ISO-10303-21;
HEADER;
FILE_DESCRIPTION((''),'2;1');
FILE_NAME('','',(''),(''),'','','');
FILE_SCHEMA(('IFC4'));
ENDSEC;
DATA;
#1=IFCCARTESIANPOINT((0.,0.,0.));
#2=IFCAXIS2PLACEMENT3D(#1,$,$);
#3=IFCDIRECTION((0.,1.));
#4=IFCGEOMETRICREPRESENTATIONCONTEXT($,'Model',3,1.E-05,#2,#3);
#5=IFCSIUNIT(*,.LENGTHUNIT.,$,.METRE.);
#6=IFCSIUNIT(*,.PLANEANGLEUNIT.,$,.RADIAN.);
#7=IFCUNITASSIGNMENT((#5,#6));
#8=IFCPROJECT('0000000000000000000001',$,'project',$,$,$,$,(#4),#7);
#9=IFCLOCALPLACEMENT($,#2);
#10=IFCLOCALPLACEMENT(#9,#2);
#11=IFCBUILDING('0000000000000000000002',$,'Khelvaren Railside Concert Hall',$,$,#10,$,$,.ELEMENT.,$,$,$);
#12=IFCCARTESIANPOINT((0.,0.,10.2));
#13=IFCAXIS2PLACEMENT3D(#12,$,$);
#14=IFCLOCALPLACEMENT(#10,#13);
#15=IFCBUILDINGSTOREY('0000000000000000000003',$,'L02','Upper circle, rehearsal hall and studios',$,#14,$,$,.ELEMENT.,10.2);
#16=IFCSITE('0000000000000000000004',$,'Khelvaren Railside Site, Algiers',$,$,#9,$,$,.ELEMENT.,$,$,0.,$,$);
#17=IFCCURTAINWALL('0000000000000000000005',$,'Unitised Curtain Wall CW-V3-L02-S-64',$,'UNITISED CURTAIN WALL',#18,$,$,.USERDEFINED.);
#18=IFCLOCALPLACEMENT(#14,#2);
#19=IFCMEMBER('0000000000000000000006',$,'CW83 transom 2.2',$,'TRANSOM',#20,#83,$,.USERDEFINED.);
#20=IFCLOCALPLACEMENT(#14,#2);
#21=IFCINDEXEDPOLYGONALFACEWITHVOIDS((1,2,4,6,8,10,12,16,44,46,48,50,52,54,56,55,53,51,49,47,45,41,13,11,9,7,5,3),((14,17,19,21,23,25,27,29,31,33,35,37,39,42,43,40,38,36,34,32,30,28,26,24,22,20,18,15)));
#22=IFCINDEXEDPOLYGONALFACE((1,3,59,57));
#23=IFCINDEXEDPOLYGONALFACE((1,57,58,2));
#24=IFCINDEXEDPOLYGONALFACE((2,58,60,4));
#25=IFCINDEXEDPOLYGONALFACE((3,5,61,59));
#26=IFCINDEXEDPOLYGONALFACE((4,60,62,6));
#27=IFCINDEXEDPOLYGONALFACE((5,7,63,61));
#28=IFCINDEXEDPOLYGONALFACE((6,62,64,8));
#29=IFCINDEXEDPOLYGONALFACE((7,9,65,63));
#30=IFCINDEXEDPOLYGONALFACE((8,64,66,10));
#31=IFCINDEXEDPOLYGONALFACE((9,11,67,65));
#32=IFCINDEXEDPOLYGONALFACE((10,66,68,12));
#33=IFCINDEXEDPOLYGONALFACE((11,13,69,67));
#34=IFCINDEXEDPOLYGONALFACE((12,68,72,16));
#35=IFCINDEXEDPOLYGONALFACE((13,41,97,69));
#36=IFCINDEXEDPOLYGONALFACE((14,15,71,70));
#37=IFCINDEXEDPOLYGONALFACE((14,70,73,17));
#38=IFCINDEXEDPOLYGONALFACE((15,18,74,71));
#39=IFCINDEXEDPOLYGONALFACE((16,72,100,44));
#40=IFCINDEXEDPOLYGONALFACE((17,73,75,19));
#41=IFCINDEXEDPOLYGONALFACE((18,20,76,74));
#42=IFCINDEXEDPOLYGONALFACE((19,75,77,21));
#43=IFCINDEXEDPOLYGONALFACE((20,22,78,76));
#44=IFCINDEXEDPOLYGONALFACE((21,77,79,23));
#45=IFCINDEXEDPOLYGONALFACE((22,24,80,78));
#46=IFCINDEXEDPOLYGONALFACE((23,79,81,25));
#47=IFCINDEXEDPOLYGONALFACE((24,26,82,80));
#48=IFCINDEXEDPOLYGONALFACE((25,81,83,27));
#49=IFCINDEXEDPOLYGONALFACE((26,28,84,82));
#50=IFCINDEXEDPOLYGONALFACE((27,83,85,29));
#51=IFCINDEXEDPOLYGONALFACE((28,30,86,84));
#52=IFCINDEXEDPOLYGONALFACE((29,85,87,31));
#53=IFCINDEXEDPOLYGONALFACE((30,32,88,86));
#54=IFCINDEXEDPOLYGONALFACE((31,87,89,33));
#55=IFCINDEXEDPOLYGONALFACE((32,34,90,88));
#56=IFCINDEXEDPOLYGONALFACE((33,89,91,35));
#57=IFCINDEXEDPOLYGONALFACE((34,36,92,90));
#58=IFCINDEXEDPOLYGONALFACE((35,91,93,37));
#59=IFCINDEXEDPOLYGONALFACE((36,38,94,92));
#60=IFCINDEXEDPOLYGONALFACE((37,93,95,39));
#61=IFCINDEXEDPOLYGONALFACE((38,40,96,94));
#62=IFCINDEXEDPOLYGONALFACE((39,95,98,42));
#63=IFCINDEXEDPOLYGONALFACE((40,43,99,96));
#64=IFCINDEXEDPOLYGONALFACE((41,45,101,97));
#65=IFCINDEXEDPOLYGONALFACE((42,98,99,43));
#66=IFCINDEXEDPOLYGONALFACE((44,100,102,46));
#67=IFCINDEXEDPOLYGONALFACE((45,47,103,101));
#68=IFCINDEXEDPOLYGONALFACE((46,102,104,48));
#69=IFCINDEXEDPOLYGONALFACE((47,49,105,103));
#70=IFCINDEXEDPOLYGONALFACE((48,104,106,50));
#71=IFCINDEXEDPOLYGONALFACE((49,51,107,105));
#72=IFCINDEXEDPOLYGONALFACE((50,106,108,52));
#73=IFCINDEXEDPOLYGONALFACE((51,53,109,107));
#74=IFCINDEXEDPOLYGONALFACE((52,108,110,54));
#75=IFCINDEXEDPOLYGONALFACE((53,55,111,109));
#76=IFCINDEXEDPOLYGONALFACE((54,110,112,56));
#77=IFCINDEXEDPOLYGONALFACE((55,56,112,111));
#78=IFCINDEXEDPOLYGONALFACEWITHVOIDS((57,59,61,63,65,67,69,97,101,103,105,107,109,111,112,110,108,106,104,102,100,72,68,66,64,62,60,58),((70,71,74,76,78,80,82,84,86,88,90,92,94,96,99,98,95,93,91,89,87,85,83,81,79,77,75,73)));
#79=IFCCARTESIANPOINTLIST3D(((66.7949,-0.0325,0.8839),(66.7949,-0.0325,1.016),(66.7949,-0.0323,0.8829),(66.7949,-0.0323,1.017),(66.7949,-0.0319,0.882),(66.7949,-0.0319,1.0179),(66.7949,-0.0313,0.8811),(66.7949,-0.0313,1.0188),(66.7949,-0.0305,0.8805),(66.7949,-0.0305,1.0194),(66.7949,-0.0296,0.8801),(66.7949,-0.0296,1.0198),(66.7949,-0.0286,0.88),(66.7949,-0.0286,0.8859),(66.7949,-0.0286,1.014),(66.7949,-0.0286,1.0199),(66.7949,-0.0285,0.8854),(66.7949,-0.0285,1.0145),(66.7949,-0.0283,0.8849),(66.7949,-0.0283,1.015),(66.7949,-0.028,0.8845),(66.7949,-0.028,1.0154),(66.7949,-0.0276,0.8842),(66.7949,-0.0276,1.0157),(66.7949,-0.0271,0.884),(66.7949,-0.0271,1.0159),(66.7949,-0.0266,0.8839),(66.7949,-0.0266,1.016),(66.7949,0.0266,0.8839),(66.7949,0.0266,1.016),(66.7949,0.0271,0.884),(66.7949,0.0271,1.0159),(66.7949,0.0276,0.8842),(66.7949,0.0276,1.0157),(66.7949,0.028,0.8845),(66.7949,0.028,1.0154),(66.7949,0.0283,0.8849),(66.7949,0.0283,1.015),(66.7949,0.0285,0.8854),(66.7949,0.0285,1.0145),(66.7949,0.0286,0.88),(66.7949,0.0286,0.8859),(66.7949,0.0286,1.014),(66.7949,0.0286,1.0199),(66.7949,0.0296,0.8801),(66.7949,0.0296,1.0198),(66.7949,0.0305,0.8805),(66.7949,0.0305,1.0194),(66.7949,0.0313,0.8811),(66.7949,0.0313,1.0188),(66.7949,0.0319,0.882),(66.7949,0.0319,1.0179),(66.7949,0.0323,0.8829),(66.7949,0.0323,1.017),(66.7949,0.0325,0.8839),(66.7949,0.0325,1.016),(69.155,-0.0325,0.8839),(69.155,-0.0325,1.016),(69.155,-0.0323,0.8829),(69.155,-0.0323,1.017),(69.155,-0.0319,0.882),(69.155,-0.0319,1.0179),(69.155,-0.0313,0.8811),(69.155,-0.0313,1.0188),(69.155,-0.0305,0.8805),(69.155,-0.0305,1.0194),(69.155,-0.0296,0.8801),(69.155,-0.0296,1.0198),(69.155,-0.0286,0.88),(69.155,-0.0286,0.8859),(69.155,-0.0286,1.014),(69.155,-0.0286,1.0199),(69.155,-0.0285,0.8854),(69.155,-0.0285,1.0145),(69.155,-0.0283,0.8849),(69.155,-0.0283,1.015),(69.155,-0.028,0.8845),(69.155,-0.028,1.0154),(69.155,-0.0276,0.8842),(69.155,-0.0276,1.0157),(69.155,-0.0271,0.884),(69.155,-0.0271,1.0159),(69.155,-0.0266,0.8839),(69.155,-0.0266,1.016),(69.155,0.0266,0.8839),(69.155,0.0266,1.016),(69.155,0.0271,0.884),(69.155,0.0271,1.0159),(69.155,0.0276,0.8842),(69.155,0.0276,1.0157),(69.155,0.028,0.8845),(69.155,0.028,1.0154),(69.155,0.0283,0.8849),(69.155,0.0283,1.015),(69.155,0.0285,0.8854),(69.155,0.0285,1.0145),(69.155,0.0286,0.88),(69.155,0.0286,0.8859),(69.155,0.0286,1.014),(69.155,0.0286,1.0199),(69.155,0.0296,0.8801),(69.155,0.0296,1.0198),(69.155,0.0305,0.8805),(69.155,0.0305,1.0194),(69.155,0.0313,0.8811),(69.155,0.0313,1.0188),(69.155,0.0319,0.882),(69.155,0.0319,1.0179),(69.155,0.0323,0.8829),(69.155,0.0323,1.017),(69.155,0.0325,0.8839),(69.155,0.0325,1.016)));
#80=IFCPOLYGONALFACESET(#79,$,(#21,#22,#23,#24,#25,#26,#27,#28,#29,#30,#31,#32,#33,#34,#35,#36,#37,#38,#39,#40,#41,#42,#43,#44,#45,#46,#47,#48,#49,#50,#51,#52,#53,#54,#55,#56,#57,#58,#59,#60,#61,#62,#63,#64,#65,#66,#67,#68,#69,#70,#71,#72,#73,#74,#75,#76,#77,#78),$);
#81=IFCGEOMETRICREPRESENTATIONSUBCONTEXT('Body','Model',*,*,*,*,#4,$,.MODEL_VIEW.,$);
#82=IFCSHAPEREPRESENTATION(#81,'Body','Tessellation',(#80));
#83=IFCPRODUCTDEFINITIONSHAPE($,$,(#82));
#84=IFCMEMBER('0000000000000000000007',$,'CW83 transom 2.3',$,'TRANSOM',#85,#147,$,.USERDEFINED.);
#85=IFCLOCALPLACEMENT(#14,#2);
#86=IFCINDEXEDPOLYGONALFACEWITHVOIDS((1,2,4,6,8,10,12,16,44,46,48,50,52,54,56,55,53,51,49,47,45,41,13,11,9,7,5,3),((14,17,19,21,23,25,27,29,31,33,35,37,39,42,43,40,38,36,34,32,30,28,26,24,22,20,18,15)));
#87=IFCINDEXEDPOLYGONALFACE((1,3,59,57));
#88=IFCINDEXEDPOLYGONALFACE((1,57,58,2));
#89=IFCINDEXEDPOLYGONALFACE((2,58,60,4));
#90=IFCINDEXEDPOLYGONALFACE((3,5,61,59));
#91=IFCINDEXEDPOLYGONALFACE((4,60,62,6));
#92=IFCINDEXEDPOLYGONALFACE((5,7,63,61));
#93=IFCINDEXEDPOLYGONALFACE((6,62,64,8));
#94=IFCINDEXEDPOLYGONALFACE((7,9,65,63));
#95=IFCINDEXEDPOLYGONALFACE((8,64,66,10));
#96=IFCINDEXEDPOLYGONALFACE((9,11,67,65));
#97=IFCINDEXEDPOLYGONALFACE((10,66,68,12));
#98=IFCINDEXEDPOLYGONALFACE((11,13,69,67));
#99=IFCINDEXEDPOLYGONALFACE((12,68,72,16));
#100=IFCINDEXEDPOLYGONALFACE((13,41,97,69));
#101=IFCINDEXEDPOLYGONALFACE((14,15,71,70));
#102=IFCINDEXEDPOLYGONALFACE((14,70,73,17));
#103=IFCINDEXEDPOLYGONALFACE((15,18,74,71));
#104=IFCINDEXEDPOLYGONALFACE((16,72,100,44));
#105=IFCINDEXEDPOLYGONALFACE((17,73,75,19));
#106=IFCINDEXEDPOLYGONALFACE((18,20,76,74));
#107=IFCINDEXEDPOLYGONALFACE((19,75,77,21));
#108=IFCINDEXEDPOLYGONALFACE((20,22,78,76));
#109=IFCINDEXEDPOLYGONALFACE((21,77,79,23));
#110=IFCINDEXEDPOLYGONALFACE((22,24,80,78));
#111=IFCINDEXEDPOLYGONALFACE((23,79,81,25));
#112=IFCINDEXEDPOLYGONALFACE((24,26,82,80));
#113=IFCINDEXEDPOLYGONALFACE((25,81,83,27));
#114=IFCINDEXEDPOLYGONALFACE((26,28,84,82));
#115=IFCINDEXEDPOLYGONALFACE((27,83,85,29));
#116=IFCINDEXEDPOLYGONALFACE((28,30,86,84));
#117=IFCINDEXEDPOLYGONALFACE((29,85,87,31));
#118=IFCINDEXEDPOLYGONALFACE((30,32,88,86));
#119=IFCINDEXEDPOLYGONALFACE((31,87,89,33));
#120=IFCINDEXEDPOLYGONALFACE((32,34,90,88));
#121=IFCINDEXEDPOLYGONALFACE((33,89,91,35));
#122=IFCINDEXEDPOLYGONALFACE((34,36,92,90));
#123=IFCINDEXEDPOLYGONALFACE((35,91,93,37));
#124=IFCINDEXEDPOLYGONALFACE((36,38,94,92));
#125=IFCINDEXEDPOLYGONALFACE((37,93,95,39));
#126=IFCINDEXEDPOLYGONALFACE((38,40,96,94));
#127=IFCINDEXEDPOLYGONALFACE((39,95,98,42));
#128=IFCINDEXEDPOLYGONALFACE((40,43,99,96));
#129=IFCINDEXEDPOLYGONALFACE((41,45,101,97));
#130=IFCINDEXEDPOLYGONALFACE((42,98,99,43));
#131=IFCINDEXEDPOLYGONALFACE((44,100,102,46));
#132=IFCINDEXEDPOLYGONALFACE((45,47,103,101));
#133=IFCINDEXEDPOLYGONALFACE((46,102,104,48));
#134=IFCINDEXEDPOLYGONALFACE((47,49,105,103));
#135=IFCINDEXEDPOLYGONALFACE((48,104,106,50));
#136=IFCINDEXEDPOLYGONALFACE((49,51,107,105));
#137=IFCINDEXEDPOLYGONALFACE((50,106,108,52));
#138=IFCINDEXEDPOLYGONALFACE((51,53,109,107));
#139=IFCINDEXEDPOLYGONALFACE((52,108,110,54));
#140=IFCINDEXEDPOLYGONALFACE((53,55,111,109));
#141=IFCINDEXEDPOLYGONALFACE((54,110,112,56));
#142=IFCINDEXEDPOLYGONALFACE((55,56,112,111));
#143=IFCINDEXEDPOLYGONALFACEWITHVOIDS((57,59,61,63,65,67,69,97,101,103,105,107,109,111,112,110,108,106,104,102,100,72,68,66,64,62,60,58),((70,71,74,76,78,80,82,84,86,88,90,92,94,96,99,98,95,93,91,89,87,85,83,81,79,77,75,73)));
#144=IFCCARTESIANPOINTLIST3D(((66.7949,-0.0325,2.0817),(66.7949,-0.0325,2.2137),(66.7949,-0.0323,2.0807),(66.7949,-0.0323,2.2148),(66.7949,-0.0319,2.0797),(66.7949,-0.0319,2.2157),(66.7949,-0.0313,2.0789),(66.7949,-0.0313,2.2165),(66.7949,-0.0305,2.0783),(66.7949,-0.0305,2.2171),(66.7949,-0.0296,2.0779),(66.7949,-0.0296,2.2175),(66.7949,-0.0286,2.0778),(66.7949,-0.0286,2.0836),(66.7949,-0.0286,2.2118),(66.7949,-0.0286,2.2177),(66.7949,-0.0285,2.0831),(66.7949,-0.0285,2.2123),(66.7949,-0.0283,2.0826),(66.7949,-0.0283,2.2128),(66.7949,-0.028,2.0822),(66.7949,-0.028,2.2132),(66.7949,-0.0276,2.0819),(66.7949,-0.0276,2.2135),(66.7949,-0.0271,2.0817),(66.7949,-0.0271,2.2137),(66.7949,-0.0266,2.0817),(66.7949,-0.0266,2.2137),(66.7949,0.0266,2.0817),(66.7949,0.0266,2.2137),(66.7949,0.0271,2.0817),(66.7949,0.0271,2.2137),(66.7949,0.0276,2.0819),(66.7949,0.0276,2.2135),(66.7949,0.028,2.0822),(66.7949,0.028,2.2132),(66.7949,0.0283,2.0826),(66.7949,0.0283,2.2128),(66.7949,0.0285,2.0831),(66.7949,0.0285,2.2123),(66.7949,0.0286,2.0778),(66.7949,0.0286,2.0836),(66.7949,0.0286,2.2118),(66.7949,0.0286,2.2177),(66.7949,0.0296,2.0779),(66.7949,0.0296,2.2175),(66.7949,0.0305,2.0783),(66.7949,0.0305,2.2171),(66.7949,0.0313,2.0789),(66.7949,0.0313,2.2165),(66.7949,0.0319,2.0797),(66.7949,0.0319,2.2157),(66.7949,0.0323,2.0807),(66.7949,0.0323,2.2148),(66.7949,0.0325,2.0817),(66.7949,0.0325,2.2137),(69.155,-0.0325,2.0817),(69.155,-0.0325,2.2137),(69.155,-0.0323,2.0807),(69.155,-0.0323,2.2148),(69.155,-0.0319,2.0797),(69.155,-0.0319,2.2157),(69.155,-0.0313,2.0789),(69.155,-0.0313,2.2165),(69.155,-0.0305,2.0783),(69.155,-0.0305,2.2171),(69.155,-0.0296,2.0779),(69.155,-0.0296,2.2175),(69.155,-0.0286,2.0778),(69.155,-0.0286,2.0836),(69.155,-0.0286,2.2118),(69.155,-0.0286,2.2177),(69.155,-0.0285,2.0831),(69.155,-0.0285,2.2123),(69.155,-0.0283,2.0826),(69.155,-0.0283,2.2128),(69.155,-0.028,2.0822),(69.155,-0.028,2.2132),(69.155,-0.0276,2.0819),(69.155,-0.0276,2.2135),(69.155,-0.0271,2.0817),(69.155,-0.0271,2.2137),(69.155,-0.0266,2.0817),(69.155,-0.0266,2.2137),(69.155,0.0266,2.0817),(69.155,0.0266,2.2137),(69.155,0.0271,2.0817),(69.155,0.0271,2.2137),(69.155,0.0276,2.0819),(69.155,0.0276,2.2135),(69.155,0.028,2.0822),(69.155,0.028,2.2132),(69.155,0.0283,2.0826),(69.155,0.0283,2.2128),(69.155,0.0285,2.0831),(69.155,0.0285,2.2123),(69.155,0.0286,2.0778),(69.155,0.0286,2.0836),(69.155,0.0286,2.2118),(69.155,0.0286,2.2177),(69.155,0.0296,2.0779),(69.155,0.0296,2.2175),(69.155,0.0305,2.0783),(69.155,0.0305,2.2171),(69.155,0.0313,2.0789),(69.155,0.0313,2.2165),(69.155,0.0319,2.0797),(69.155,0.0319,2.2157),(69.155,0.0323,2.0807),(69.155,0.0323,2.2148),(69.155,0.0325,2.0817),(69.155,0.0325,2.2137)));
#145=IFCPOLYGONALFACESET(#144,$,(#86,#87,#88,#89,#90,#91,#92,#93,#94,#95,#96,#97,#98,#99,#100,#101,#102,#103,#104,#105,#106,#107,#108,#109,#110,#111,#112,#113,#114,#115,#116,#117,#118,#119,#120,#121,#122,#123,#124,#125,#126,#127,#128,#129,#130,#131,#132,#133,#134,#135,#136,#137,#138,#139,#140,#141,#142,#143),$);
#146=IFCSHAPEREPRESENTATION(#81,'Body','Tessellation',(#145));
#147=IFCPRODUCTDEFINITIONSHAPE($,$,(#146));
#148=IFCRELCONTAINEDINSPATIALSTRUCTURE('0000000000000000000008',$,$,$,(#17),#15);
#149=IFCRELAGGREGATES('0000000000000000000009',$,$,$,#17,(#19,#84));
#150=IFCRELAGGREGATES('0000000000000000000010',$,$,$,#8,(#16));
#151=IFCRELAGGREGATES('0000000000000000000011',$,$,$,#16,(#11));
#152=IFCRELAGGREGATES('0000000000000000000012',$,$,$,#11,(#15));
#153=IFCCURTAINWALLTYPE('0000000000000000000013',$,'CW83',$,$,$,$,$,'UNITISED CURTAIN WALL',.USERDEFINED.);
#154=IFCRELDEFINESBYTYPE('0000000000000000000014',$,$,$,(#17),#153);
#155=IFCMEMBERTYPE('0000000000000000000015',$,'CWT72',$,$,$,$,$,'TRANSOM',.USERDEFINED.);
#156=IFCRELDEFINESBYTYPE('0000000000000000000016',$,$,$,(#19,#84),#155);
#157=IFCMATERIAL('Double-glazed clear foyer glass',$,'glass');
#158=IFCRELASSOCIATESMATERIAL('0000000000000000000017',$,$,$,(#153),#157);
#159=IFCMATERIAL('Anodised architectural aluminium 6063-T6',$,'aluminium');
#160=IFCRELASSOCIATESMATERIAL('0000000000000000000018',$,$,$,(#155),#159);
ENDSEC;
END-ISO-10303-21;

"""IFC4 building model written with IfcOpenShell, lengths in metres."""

from ifc_helpers import new_model, si_unit, direction, frame, origin, origin_2d, place, context, subcontext, project, spatial, hollow_rectangle, extrude, material, material_profile, profile_set, type_object, element, aggregate, save


model = new_model("IFC4")

# Units and contexts
model_context = context("Model", 3, precision=1e-05, world=origin(), true_north=direction((0.0, 1.0)))
body_context = subcontext(model_context, "Body", "Model", "MODEL_VIEW")
ifc_project = project(units=[si_unit("LENGTHUNIT", "METRE"), si_unit("PLANEANGLEUNIT", "RADIAN")], contexts=[model_context])

# Site, building, storey
site_placement = place(None, origin())
site = spatial("IfcSite", under=ifc_project, at=site_placement, Name="Khelvaren Railside Site, Algiers", CompositionType="ELEMENT", RefElevation=0.0)
building_placement = place(site_placement, origin())
building = spatial("IfcBuilding", under=site, at=building_placement, Name="Khelvaren Railside Concert Hall", CompositionType="ELEMENT")
storey_placement = place(building_placement, frame((0.0, 0.0, 10.2)))
storey = spatial("IfcBuildingStorey", under=building, at=storey_placement, Name="L02", Description="Upper circle, rehearsal hall and studios", CompositionType="ELEMENT", Elevation=10.2)

# Curtain wall, members
ifc_material_1 = material(Name="Double-glazed clear foyer glass", Category="glass")
curtain_wall_type = type_object("IfcCurtainWallType", Name="CW83", ElementType="UNITISED CURTAIN WALL", PredefinedType="USERDEFINED", material=ifc_material_1)
curtain_wall_placement = place(storey_placement, origin())
curtain_wall = element("IfcCurtainWall", 1, at=curtain_wall_placement, inside=storey, type_object=curtain_wall_type, Name="Unitised Curtain Wall CW-V3-L02-S-64", ObjectType="UNITISED CURTAIN WALL", PredefinedType="USERDEFINED")
ifc_material_2 = material(Name="Anodised architectural aluminium 6063-T6", Category="aluminium")
ifc_material_profile_1 = material_profile(ifc_material_2, hollow_rectangle(XDim=0.0649, YDim=0.1399, WallThickness=0.0039, InnerFilletRadius=0.002, OuterFilletRadius=0.0039, at=origin_2d()), Name="CWT 65x140x4")
ifc_profile_set_1 = profile_set([ifc_material_profile_1], Name="Anodised architectural aluminium 6063-T6")
member_type_1 = type_object("IfcMemberType", Name="CWT72", ElementType="TRANSOM", PredefinedType="USERDEFINED", material=ifc_profile_set_1)
member_1_placement = place(storey_placement, frame((69.155, 0.0, 0.95), z_axis=(-1.0, 0.0, 0.0), x_axis=(0.0, -1.0, 0.0)))
member_1 = element("IfcMember", 2, at=member_1_placement, type_object=member_type_1, Name="CW83 transom 2.2", ObjectType="TRANSOM", PredefinedType="USERDEFINED", context=body_context, shape_type="SweptSolid", body=[
    extrude(hollow_rectangle(XDim=0.0649, YDim=0.1399, WallThickness=0.0039, InnerFilletRadius=0.002, OuterFilletRadius=0.0039, at=origin_2d()), origin(), (0.0, 0.0, 1.0), 2.3601),
])
member_2_placement = place(storey_placement, frame((69.155, 0.0, 2.1477), z_axis=(-1.0, 0.0, 0.0), x_axis=(0.0, -1.0, 0.0)))
member_2 = element("IfcMember", 3, at=member_2_placement, type_object=member_type_1, Name="CW83 transom 2.3", ObjectType="TRANSOM", PredefinedType="USERDEFINED", context=body_context, shape_type="SweptSolid", body=[
    extrude(hollow_rectangle(XDim=0.0649, YDim=0.1399, WallThickness=0.0039, InnerFilletRadius=0.002, OuterFilletRadius=0.0039, at=origin_2d()), origin(), (0.0, 0.0, 1.0), 2.3601),
])

aggregate(curtain_wall, [member_1, member_2])

save(model, "model.ifc")
